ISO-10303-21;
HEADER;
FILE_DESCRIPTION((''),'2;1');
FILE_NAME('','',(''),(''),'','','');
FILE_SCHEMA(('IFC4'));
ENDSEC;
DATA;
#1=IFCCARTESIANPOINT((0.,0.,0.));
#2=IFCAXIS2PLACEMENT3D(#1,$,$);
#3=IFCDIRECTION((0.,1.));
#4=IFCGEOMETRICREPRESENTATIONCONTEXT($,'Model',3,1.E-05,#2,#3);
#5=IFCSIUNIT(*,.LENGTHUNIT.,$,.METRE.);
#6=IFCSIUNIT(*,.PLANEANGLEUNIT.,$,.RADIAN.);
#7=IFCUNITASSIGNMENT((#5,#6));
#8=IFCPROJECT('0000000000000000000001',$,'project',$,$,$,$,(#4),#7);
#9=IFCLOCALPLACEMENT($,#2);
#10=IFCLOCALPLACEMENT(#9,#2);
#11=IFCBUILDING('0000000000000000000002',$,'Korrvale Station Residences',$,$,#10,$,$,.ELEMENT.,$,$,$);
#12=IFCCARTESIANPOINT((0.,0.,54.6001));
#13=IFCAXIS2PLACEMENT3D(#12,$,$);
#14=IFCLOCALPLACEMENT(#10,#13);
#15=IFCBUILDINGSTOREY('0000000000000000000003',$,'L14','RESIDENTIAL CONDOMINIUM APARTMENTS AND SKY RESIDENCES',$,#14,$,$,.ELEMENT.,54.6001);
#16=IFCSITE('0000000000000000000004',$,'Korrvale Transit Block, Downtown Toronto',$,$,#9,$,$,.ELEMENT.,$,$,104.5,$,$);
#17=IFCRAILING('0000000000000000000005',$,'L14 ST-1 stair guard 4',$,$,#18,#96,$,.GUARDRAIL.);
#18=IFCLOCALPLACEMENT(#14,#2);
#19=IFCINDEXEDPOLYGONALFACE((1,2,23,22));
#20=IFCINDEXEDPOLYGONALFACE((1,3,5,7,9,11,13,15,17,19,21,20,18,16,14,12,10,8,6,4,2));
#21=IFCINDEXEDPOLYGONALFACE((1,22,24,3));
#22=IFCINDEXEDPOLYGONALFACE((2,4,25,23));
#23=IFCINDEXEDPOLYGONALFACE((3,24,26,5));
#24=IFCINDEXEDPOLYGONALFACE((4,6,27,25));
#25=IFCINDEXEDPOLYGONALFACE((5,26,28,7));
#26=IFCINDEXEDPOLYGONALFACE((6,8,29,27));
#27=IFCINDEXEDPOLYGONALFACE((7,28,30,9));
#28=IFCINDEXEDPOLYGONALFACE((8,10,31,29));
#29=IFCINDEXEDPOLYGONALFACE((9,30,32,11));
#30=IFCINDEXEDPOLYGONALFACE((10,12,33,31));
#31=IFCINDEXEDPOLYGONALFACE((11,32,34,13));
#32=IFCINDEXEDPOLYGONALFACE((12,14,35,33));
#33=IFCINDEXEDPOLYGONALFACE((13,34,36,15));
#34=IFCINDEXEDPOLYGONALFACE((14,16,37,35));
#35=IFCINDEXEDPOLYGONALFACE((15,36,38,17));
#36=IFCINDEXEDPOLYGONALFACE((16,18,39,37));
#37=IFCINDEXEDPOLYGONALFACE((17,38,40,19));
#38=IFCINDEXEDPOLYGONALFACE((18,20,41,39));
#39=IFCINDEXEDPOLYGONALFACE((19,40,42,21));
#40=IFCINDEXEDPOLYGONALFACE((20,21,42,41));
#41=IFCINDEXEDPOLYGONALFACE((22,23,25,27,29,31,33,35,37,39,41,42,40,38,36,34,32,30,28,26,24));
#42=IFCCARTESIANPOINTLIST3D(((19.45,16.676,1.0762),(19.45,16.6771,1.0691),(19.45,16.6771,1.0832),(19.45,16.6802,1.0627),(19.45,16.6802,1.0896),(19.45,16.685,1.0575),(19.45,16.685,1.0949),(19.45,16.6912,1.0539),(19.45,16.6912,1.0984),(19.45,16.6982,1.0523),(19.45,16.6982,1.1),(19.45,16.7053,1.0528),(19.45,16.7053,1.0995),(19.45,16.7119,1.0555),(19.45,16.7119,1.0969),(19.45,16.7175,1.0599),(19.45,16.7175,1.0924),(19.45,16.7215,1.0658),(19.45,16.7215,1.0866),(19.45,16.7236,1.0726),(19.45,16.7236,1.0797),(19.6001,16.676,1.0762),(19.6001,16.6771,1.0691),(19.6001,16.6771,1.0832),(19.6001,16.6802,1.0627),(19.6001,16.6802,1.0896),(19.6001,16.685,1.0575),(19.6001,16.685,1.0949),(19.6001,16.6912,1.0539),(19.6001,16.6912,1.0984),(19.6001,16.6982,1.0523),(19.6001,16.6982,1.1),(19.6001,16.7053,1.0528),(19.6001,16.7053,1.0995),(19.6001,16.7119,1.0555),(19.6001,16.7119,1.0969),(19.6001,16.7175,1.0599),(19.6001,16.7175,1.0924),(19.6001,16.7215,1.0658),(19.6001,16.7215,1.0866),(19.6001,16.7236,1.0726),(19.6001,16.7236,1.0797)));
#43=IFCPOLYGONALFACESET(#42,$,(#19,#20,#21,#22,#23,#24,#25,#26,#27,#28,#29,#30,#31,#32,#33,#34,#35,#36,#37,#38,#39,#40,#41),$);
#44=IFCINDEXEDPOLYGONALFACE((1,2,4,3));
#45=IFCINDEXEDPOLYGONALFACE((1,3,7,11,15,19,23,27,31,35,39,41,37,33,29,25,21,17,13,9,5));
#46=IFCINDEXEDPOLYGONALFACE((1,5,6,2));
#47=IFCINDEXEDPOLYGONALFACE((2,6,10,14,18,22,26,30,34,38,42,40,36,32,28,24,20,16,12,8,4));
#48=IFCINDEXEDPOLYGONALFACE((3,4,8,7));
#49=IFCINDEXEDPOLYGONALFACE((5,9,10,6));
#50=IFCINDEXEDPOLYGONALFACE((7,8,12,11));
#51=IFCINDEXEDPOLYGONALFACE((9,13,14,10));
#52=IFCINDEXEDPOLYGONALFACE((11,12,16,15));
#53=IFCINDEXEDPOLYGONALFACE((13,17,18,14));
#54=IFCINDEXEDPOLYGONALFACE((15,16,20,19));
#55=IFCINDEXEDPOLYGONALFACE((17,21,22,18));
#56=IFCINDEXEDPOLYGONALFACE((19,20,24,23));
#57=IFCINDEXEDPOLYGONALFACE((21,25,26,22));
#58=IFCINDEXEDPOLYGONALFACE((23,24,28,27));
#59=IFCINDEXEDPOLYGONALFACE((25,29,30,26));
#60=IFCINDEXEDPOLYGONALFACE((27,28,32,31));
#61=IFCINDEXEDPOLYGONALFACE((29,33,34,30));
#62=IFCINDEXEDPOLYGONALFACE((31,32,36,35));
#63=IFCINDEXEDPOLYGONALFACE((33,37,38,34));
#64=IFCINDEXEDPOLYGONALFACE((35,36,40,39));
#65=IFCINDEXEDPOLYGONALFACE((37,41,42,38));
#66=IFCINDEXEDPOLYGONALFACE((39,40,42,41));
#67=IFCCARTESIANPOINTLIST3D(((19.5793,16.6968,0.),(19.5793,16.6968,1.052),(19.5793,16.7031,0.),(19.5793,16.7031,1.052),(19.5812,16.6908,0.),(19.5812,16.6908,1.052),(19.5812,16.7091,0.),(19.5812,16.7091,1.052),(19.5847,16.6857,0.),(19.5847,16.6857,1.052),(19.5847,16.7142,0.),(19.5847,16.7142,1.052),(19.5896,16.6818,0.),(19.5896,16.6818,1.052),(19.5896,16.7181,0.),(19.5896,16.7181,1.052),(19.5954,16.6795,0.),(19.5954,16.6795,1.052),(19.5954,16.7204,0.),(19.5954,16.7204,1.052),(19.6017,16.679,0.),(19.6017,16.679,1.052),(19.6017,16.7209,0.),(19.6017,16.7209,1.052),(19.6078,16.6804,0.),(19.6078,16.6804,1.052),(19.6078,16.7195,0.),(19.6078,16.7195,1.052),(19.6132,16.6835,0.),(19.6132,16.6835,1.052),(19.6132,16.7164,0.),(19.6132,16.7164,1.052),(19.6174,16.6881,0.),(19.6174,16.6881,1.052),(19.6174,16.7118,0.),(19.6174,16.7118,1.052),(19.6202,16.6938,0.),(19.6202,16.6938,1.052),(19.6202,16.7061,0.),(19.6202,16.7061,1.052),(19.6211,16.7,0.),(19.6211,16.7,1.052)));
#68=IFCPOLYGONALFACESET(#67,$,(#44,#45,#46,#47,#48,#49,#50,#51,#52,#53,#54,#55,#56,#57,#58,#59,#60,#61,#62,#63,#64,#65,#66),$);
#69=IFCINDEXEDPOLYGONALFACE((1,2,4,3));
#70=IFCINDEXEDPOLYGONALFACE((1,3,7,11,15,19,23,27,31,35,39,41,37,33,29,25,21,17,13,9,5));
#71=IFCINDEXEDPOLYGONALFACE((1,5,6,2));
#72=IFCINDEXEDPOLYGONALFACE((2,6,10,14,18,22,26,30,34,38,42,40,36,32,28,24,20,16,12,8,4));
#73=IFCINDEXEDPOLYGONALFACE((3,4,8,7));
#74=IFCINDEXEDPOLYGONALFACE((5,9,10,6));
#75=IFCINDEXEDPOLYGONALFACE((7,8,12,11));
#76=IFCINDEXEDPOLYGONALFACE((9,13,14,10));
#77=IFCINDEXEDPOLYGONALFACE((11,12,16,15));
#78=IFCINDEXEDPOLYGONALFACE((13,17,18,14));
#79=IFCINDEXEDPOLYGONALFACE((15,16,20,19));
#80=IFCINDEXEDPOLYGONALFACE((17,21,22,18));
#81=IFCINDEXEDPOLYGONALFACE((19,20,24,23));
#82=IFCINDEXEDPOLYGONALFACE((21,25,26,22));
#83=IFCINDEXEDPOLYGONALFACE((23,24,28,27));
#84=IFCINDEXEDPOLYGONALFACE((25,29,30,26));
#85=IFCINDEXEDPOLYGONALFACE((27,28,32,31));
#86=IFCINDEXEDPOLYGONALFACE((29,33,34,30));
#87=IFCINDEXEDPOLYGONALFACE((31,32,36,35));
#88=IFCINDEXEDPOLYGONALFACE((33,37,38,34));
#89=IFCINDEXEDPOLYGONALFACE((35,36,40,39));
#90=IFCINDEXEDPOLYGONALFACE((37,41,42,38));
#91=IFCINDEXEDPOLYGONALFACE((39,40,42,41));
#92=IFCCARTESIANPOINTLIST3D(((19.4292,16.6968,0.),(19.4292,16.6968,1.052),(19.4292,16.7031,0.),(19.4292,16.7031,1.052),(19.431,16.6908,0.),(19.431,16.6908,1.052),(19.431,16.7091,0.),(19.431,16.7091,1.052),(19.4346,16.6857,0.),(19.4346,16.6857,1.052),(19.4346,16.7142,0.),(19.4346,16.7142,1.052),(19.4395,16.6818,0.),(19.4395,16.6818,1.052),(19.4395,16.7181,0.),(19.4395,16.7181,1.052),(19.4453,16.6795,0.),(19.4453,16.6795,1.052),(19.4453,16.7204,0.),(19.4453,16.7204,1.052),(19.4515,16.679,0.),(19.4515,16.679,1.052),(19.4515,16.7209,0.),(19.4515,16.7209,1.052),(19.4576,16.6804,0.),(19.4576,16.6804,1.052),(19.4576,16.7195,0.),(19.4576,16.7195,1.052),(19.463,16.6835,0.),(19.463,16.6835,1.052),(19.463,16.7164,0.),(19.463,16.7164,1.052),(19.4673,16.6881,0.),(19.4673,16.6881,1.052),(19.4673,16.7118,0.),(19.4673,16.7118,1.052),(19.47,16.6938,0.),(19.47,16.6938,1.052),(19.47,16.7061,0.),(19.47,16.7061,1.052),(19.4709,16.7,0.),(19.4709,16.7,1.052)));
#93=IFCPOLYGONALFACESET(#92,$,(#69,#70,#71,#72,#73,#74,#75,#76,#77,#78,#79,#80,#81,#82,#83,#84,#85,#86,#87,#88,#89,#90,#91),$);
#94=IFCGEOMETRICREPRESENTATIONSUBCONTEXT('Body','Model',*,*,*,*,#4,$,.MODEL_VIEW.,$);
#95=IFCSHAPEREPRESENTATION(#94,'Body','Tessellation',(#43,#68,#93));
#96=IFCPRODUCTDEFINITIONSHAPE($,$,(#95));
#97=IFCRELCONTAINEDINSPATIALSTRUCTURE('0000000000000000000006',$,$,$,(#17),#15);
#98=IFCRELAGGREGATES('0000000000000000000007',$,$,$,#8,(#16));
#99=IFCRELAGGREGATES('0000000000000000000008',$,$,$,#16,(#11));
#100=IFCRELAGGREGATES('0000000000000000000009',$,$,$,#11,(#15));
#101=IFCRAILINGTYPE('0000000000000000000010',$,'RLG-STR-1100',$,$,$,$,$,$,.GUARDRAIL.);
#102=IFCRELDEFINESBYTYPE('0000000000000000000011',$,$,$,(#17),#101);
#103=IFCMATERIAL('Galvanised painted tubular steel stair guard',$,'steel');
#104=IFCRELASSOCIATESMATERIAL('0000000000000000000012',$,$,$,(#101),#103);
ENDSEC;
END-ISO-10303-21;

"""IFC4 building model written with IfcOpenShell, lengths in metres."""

from ifc_helpers import new_model, si_unit, direction, frame, origin, origin_2d, place, context, subcontext, project, spatial, circle, extrude, material, type_object, element, save


model = new_model("IFC4")

# Units and contexts
model_context = context("Model", 3, precision=1e-05, world=origin(), true_north=direction((0.0, 1.0)))
body_context = subcontext(model_context, "Body", "Model", "MODEL_VIEW")
ifc_project = project(units=[si_unit("LENGTHUNIT", "METRE"), si_unit("PLANEANGLEUNIT", "RADIAN")], contexts=[model_context])

# Site, building, storey
site_placement = place(None, origin())
site = spatial("IfcSite", under=ifc_project, at=site_placement, Name="Korrvale Transit Block, Downtown Toronto", CompositionType="ELEMENT", RefElevation=104.5)
building_placement = place(site_placement, origin())
building = spatial("IfcBuilding", under=site, at=building_placement, Name="Korrvale Station Residences", CompositionType="ELEMENT")
storey_placement = place(building_placement, frame((0.0, 0.0, 54.6001)))
storey = spatial("IfcBuildingStorey", under=building, at=storey_placement, Name="L14", Description="RESIDENTIAL CONDOMINIUM APARTMENTS AND SKY RESIDENCES", CompositionType="ELEMENT", Elevation=54.6001)

# Railing
ifc_material_1 = material(Name="Galvanised painted tubular steel stair guard", Category="steel")
railing_type_1 = type_object("IfcRailingType", Name="RLG-STR-1100", PredefinedType="GUARDRAIL", material=ifc_material_1)
railing_1_placement = place(storey_placement, frame((19.6001, 16.7, 0.0)))
element("IfcRailing", 1, at=railing_1_placement, inside=storey, type_object=railing_type_1, Name="L14 ST-1 stair guard 4", PredefinedType="GUARDRAIL", context=body_context, shape_type="SweptSolid", body=[
    extrude(circle(Radius=0.0239, at=origin_2d()), frame((0.0, 0.0, 1.0762), z_axis=(-1.0, 0.0, 0.0), x_axis=(0.0, -1.0, 0.0)), (0.0, 0.0, 1.0), 0.1501),
    extrude(circle(Radius=0.021, at=origin_2d()), origin(), (0.0, 0.0, 1.0), 1.052),
    extrude(circle(Radius=0.021, at=origin_2d()), frame((-0.1501, 0.0, 0.0)), (0.0, 0.0, 1.0), 1.052),
])

save(model, "model.ifc")
